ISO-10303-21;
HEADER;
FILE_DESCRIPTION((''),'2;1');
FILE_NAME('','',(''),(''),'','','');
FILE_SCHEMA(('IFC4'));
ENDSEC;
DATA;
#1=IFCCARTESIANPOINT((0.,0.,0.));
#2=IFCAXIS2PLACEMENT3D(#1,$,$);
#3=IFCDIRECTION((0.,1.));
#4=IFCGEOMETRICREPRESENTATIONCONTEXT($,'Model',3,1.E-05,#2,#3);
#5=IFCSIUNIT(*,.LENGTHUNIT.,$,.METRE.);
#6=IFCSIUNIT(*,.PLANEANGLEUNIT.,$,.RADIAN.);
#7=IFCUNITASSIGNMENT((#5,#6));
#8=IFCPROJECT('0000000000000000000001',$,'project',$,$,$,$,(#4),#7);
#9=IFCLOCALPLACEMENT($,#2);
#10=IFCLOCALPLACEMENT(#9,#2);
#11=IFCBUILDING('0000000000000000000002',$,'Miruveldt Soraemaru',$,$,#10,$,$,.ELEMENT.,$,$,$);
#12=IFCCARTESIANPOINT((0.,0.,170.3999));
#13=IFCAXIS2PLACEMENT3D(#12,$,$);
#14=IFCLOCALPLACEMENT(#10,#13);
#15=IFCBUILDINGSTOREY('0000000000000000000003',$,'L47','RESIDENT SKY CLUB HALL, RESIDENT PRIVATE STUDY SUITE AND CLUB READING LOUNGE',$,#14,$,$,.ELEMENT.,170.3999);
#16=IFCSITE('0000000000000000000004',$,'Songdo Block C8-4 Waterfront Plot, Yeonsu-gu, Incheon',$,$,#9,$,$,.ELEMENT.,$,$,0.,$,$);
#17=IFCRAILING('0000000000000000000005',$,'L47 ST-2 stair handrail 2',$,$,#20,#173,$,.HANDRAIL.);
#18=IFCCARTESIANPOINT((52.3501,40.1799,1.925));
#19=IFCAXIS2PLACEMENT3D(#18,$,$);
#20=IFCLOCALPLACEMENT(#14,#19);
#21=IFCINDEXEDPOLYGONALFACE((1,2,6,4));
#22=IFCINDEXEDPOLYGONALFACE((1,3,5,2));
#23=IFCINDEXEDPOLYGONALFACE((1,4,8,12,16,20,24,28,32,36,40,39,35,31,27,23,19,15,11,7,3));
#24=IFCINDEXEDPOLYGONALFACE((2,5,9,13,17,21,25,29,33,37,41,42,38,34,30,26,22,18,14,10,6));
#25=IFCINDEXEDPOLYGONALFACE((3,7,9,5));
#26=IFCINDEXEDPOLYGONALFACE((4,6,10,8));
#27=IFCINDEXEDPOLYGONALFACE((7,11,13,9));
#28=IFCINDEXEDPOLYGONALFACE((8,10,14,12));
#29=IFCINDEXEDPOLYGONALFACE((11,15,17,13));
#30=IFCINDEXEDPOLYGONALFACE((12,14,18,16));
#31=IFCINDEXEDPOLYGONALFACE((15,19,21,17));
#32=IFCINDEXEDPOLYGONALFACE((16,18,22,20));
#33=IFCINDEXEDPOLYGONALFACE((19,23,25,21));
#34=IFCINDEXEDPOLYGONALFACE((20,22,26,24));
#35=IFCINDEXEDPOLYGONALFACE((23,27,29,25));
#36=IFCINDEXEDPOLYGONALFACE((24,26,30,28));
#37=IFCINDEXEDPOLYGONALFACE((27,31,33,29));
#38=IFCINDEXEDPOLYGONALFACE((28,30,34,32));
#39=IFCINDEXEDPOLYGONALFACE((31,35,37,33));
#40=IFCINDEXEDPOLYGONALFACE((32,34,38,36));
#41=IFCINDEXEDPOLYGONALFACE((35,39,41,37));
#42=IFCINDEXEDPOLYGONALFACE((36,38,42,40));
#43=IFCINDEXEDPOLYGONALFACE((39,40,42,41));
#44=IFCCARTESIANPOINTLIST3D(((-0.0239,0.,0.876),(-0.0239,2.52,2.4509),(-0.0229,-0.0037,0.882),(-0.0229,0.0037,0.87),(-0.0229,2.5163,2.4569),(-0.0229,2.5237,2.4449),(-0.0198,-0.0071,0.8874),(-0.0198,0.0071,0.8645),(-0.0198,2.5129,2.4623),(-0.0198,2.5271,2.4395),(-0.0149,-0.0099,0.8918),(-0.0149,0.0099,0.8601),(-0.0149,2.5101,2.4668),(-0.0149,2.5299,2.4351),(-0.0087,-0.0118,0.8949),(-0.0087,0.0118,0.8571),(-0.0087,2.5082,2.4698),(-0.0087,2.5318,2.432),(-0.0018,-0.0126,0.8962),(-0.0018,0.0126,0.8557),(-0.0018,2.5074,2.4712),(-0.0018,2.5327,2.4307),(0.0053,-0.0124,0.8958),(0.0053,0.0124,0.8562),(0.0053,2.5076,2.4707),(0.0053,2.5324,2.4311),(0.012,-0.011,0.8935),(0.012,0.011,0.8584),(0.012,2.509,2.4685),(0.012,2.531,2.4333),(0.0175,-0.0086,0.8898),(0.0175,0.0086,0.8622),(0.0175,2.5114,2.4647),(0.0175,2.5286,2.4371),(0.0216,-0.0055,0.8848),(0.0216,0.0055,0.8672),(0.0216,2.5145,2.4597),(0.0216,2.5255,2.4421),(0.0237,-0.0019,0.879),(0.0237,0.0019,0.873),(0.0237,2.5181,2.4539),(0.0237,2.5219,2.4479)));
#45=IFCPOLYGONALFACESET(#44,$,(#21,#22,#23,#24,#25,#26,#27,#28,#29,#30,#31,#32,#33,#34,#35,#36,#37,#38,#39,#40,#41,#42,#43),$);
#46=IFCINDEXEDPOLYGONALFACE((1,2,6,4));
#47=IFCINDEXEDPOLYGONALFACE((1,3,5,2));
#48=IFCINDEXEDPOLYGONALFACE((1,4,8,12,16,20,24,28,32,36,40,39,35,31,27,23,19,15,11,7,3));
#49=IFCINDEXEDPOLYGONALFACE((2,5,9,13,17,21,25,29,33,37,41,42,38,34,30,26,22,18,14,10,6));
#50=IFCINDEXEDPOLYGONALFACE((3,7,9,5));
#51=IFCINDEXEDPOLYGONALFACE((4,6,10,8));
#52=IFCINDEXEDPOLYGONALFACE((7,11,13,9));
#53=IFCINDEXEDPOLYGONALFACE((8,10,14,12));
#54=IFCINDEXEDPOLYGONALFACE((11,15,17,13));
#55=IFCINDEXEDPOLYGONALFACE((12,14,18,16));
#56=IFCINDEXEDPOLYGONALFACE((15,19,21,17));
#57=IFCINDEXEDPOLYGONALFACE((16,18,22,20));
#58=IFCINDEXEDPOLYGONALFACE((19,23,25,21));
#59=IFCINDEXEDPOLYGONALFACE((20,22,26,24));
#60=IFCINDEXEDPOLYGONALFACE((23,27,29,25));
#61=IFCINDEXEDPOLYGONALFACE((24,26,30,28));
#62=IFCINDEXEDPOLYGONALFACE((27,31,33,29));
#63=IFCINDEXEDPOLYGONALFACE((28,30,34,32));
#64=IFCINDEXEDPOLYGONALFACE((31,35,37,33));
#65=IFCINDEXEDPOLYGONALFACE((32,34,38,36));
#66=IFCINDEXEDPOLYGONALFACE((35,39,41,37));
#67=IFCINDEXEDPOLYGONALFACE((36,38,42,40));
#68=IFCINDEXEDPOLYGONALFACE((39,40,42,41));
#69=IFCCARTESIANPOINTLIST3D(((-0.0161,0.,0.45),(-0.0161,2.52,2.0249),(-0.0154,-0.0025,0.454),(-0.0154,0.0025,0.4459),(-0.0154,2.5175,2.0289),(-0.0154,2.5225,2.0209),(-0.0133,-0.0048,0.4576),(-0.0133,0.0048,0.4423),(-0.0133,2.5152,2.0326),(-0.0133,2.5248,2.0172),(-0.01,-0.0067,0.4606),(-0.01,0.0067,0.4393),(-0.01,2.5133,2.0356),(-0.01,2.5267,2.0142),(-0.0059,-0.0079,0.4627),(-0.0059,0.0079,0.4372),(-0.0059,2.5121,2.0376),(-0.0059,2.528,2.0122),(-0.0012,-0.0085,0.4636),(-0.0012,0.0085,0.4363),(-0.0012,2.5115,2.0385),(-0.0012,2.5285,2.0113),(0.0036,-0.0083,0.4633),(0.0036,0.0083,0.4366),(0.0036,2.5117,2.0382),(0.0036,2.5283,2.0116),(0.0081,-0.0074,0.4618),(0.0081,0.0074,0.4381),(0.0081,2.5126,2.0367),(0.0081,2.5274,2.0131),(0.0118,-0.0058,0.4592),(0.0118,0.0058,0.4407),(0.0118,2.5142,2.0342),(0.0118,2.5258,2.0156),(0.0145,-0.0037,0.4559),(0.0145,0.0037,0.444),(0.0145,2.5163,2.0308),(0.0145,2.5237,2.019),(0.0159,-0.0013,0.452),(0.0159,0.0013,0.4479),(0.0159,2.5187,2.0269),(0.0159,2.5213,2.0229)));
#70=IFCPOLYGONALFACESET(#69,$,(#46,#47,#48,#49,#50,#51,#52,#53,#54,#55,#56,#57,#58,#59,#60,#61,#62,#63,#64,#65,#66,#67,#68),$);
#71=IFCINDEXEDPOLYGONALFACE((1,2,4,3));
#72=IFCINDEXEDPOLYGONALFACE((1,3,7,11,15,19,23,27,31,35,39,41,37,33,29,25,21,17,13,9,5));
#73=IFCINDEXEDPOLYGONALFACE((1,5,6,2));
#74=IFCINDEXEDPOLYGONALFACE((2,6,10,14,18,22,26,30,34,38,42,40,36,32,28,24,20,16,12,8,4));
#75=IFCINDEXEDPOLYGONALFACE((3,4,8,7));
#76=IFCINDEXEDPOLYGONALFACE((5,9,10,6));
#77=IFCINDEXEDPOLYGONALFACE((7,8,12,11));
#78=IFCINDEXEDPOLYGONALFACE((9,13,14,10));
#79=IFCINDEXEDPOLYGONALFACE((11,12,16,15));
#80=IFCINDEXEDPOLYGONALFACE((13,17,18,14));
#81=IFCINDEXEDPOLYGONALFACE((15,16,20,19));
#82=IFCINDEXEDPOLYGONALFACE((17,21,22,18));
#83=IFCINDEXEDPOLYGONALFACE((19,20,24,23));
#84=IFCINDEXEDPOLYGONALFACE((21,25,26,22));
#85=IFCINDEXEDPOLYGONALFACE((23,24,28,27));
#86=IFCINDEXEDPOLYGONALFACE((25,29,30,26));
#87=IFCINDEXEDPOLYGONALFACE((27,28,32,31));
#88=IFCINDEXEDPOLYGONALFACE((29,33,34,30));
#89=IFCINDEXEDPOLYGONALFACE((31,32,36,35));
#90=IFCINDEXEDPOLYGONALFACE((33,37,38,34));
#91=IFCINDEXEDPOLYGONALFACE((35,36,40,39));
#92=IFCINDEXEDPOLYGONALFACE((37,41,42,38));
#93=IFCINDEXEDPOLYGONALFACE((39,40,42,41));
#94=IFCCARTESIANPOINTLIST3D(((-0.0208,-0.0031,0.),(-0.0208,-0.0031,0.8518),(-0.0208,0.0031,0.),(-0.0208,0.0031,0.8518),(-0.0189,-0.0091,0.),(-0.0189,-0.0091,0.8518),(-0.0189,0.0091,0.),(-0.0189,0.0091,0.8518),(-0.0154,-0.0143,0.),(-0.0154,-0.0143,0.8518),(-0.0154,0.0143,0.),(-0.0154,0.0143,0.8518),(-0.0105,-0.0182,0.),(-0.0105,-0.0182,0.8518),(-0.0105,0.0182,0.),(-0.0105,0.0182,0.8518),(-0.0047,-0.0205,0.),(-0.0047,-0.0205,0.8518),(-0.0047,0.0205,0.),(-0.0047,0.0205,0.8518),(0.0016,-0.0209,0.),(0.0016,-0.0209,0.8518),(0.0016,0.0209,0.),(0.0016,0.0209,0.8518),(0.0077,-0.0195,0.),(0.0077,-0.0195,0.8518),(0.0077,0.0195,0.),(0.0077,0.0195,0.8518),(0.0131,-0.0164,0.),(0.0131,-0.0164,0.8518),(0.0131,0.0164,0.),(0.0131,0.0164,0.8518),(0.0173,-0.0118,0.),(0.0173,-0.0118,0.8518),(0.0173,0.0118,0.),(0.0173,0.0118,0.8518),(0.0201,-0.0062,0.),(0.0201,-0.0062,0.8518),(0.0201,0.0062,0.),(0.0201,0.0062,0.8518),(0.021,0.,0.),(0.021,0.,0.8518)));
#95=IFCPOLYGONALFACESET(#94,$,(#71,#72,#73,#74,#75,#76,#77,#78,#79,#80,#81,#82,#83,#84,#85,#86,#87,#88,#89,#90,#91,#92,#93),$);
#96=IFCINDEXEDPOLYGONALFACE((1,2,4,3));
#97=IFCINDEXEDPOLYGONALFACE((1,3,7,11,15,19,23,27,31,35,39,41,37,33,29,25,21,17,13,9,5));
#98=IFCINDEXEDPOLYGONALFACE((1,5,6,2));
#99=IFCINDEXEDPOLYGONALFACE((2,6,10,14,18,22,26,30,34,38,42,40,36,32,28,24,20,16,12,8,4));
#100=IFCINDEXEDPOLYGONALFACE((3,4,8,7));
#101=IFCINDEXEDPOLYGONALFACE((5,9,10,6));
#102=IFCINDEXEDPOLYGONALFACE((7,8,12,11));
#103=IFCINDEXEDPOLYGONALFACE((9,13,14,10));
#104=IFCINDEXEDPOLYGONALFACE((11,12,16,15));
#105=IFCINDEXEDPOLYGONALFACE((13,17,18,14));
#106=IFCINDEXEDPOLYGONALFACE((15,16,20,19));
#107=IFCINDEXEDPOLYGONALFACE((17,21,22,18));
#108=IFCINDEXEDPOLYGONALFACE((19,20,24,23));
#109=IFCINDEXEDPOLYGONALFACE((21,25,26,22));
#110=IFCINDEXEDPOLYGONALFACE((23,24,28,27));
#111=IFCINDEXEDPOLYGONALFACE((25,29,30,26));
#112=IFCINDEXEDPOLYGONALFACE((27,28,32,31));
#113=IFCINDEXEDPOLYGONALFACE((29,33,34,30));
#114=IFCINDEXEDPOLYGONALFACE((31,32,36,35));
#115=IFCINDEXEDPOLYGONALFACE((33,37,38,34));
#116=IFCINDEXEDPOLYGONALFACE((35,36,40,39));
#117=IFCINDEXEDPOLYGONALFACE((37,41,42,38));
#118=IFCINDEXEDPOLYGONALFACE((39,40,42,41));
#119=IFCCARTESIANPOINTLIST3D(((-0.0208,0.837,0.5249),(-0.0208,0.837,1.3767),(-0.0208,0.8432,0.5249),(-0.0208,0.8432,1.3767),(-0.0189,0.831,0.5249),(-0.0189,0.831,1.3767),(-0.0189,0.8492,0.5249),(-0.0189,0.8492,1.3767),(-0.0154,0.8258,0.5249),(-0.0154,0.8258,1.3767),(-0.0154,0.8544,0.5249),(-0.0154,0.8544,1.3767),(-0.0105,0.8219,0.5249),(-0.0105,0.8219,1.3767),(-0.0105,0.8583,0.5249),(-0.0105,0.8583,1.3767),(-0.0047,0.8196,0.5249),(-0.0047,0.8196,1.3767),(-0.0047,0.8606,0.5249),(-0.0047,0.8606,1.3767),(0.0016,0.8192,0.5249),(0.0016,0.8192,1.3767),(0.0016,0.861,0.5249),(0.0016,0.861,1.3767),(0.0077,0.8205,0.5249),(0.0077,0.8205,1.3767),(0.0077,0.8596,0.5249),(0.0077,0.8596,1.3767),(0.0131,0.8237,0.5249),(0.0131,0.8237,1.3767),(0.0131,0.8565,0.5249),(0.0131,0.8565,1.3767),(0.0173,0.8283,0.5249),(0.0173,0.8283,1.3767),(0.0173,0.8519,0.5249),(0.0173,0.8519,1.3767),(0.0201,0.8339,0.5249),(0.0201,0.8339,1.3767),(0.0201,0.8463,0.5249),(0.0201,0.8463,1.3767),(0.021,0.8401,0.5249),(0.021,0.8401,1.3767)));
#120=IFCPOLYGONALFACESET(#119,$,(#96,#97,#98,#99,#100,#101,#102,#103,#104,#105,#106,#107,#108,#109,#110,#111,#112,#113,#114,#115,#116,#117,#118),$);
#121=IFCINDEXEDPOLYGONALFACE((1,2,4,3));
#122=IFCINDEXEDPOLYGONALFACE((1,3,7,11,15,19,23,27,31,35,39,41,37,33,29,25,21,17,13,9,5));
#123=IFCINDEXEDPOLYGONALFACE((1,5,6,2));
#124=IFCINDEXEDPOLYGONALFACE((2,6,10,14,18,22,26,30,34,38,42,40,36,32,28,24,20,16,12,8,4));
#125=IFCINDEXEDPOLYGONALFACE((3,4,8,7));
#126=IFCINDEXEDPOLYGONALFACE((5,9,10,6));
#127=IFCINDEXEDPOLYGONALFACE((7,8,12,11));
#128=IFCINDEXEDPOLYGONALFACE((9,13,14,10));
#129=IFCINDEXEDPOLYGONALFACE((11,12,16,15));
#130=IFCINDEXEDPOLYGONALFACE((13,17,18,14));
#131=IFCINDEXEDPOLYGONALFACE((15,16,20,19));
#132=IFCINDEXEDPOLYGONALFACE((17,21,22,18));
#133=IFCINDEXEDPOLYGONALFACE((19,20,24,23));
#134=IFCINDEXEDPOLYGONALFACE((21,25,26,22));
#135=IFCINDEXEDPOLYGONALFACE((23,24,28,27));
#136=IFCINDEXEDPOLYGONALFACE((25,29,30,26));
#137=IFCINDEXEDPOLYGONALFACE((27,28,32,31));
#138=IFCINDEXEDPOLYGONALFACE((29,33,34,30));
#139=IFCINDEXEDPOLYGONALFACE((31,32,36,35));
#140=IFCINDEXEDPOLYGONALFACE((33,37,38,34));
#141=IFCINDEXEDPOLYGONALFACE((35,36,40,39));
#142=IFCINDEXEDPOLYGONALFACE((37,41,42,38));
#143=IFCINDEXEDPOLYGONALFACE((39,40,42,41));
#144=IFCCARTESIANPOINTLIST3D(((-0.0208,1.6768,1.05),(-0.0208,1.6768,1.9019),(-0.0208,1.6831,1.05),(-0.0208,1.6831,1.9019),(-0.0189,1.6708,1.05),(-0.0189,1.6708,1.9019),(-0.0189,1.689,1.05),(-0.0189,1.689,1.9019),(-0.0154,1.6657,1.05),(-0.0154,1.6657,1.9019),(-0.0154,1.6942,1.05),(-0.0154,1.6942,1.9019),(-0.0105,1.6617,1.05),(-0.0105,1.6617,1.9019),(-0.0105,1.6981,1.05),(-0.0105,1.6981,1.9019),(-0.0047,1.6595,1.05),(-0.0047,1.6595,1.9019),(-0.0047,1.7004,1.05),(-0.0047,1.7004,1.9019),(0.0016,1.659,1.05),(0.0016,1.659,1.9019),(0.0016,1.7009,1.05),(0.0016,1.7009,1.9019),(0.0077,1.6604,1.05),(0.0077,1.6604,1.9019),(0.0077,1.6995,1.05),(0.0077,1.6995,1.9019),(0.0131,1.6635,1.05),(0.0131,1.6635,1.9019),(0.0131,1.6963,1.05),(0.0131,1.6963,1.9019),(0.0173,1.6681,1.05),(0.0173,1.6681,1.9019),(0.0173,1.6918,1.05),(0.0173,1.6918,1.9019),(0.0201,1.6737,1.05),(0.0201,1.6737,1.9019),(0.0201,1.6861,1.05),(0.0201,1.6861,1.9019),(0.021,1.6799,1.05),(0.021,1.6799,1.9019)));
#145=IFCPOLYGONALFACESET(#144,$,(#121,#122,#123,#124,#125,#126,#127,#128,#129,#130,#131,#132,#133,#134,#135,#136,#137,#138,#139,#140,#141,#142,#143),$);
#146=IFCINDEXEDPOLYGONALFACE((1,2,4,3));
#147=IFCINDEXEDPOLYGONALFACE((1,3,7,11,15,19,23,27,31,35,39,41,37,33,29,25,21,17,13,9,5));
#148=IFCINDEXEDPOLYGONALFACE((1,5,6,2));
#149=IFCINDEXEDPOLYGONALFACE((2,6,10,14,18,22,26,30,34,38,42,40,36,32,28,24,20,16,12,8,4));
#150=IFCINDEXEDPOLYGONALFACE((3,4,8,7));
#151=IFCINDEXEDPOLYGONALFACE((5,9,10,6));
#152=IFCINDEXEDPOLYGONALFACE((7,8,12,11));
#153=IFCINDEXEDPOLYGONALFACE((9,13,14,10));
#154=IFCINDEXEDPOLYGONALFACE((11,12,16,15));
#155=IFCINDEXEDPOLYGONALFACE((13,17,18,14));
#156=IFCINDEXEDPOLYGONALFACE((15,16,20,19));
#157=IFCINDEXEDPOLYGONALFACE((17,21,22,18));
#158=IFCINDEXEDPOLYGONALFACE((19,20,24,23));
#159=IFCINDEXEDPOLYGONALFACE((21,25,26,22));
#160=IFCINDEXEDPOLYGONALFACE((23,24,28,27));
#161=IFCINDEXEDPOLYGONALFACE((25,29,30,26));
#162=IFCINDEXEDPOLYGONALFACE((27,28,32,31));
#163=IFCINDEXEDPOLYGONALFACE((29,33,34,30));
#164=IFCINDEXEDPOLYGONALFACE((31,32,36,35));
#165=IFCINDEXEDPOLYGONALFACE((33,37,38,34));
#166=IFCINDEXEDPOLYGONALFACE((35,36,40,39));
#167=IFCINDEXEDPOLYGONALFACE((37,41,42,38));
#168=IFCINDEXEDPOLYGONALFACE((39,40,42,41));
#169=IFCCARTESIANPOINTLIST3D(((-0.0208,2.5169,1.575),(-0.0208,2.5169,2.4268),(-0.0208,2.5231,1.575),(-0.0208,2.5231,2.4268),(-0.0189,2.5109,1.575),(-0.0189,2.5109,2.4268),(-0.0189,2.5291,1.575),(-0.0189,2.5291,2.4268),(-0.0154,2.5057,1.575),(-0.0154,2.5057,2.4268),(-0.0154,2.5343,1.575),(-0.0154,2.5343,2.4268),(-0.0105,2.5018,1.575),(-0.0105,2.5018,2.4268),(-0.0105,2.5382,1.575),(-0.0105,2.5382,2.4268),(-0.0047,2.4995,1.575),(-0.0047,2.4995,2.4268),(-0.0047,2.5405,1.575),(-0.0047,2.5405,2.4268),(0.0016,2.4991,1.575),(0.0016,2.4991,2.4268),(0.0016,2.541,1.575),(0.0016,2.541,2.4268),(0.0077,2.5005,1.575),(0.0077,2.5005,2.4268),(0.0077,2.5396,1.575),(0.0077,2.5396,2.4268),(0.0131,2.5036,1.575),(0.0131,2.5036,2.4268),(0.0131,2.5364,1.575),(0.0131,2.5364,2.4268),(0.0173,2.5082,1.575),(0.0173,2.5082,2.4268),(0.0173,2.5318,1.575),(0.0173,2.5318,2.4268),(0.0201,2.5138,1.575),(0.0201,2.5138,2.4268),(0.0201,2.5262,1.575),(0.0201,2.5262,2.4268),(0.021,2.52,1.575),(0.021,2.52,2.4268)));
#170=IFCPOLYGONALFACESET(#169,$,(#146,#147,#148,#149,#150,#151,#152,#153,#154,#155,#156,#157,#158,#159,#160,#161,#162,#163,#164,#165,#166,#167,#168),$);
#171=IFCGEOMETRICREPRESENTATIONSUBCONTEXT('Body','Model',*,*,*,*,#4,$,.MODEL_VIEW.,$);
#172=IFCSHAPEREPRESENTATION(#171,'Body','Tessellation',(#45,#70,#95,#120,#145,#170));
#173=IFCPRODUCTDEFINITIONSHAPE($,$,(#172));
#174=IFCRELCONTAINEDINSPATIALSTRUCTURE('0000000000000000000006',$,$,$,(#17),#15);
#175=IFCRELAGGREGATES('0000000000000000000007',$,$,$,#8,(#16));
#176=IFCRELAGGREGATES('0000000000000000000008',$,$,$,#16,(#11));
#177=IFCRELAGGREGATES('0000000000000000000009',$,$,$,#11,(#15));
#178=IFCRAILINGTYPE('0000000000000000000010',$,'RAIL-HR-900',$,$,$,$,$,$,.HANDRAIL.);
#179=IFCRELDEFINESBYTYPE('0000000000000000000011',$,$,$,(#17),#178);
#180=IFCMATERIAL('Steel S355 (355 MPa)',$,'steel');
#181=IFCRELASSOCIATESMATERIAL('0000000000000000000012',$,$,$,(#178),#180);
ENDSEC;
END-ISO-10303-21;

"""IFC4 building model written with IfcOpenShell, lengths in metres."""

from ifc_helpers import new_model, si_unit, direction, frame, origin, origin_2d, place, context, subcontext, project, spatial, circle, extrude, material, type_object, element, save


model = new_model("IFC4")

# Units and contexts
model_context = context("Model", 3, precision=1e-05, world=origin(), true_north=direction((0.0, 1.0)))
body_context = subcontext(model_context, "Body", "Model", "MODEL_VIEW")
ifc_project = project(units=[si_unit("LENGTHUNIT", "METRE"), si_unit("PLANEANGLEUNIT", "RADIAN")], contexts=[model_context])

# Site, building, storey
site_placement = place(None, origin())
site = spatial("IfcSite", under=ifc_project, at=site_placement, Name="Songdo Block C8-4 Waterfront Plot, Yeonsu-gu, Incheon", CompositionType="ELEMENT", RefElevation=0.0)
building_placement = place(site_placement, origin())
building = spatial("IfcBuilding", under=site, at=building_placement, Name="Miruveldt Soraemaru", CompositionType="ELEMENT")
storey_placement = place(building_placement, frame((0.0, 0.0, 170.3999)))
storey = spatial("IfcBuildingStorey", under=building, at=storey_placement, Name="L47", Description="RESIDENT SKY CLUB HALL, RESIDENT PRIVATE STUDY SUITE AND CLUB READING LOUNGE", CompositionType="ELEMENT", Elevation=170.3999)

# Railing
ifc_material_1 = material(Name="Steel S355 (355 MPa)", Category="steel")
railing_type_1 = type_object("IfcRailingType", Name="RAIL-HR-900", PredefinedType="HANDRAIL", material=ifc_material_1)
railing_1_placement = place(storey_placement, frame((52.3501, 40.1799, 1.925)))
element("IfcRailing", 1, at=railing_1_placement, inside=storey, type_object=railing_type_1, Name="L47 ST-2 stair handrail 2", PredefinedType="HANDRAIL", context=body_context, shape_type="SweptSolid", body=[
    extrude(circle(Radius=0.0239, at=origin_2d()), frame((0.0, 0.0, 0.876), z_axis=(0.0, 0.848008, 0.529984), x_axis=(-1.0, 0.0, 0.0)), (0.0, 0.0, 1.0), 2.9717),
    extrude(circle(Radius=0.0161, at=origin_2d()), frame((0.0, 0.0, 0.45), z_axis=(0.0, 0.848008, 0.529984), x_axis=(-1.0, 0.0, 0.0)), (0.0, 0.0, 1.0), 2.9717),
    extrude(circle(Radius=0.021, at=origin_2d()), origin(), (0.0, 0.0, 1.0), 0.8518),
    extrude(circle(Radius=0.021, at=origin_2d()), frame((0.0, 0.8401, 0.5249)), (0.0, 0.0, 1.0), 0.8518),
    extrude(circle(Radius=0.021, at=origin_2d()), frame((0.0, 1.6799, 1.05)), (0.0, 0.0, 1.0), 0.8518),
    extrude(circle(Radius=0.021, at=origin_2d()), frame((0.0, 2.52, 1.575)), (0.0, 0.0, 1.0), 0.8518),
])

save(model, "model.ifc")
